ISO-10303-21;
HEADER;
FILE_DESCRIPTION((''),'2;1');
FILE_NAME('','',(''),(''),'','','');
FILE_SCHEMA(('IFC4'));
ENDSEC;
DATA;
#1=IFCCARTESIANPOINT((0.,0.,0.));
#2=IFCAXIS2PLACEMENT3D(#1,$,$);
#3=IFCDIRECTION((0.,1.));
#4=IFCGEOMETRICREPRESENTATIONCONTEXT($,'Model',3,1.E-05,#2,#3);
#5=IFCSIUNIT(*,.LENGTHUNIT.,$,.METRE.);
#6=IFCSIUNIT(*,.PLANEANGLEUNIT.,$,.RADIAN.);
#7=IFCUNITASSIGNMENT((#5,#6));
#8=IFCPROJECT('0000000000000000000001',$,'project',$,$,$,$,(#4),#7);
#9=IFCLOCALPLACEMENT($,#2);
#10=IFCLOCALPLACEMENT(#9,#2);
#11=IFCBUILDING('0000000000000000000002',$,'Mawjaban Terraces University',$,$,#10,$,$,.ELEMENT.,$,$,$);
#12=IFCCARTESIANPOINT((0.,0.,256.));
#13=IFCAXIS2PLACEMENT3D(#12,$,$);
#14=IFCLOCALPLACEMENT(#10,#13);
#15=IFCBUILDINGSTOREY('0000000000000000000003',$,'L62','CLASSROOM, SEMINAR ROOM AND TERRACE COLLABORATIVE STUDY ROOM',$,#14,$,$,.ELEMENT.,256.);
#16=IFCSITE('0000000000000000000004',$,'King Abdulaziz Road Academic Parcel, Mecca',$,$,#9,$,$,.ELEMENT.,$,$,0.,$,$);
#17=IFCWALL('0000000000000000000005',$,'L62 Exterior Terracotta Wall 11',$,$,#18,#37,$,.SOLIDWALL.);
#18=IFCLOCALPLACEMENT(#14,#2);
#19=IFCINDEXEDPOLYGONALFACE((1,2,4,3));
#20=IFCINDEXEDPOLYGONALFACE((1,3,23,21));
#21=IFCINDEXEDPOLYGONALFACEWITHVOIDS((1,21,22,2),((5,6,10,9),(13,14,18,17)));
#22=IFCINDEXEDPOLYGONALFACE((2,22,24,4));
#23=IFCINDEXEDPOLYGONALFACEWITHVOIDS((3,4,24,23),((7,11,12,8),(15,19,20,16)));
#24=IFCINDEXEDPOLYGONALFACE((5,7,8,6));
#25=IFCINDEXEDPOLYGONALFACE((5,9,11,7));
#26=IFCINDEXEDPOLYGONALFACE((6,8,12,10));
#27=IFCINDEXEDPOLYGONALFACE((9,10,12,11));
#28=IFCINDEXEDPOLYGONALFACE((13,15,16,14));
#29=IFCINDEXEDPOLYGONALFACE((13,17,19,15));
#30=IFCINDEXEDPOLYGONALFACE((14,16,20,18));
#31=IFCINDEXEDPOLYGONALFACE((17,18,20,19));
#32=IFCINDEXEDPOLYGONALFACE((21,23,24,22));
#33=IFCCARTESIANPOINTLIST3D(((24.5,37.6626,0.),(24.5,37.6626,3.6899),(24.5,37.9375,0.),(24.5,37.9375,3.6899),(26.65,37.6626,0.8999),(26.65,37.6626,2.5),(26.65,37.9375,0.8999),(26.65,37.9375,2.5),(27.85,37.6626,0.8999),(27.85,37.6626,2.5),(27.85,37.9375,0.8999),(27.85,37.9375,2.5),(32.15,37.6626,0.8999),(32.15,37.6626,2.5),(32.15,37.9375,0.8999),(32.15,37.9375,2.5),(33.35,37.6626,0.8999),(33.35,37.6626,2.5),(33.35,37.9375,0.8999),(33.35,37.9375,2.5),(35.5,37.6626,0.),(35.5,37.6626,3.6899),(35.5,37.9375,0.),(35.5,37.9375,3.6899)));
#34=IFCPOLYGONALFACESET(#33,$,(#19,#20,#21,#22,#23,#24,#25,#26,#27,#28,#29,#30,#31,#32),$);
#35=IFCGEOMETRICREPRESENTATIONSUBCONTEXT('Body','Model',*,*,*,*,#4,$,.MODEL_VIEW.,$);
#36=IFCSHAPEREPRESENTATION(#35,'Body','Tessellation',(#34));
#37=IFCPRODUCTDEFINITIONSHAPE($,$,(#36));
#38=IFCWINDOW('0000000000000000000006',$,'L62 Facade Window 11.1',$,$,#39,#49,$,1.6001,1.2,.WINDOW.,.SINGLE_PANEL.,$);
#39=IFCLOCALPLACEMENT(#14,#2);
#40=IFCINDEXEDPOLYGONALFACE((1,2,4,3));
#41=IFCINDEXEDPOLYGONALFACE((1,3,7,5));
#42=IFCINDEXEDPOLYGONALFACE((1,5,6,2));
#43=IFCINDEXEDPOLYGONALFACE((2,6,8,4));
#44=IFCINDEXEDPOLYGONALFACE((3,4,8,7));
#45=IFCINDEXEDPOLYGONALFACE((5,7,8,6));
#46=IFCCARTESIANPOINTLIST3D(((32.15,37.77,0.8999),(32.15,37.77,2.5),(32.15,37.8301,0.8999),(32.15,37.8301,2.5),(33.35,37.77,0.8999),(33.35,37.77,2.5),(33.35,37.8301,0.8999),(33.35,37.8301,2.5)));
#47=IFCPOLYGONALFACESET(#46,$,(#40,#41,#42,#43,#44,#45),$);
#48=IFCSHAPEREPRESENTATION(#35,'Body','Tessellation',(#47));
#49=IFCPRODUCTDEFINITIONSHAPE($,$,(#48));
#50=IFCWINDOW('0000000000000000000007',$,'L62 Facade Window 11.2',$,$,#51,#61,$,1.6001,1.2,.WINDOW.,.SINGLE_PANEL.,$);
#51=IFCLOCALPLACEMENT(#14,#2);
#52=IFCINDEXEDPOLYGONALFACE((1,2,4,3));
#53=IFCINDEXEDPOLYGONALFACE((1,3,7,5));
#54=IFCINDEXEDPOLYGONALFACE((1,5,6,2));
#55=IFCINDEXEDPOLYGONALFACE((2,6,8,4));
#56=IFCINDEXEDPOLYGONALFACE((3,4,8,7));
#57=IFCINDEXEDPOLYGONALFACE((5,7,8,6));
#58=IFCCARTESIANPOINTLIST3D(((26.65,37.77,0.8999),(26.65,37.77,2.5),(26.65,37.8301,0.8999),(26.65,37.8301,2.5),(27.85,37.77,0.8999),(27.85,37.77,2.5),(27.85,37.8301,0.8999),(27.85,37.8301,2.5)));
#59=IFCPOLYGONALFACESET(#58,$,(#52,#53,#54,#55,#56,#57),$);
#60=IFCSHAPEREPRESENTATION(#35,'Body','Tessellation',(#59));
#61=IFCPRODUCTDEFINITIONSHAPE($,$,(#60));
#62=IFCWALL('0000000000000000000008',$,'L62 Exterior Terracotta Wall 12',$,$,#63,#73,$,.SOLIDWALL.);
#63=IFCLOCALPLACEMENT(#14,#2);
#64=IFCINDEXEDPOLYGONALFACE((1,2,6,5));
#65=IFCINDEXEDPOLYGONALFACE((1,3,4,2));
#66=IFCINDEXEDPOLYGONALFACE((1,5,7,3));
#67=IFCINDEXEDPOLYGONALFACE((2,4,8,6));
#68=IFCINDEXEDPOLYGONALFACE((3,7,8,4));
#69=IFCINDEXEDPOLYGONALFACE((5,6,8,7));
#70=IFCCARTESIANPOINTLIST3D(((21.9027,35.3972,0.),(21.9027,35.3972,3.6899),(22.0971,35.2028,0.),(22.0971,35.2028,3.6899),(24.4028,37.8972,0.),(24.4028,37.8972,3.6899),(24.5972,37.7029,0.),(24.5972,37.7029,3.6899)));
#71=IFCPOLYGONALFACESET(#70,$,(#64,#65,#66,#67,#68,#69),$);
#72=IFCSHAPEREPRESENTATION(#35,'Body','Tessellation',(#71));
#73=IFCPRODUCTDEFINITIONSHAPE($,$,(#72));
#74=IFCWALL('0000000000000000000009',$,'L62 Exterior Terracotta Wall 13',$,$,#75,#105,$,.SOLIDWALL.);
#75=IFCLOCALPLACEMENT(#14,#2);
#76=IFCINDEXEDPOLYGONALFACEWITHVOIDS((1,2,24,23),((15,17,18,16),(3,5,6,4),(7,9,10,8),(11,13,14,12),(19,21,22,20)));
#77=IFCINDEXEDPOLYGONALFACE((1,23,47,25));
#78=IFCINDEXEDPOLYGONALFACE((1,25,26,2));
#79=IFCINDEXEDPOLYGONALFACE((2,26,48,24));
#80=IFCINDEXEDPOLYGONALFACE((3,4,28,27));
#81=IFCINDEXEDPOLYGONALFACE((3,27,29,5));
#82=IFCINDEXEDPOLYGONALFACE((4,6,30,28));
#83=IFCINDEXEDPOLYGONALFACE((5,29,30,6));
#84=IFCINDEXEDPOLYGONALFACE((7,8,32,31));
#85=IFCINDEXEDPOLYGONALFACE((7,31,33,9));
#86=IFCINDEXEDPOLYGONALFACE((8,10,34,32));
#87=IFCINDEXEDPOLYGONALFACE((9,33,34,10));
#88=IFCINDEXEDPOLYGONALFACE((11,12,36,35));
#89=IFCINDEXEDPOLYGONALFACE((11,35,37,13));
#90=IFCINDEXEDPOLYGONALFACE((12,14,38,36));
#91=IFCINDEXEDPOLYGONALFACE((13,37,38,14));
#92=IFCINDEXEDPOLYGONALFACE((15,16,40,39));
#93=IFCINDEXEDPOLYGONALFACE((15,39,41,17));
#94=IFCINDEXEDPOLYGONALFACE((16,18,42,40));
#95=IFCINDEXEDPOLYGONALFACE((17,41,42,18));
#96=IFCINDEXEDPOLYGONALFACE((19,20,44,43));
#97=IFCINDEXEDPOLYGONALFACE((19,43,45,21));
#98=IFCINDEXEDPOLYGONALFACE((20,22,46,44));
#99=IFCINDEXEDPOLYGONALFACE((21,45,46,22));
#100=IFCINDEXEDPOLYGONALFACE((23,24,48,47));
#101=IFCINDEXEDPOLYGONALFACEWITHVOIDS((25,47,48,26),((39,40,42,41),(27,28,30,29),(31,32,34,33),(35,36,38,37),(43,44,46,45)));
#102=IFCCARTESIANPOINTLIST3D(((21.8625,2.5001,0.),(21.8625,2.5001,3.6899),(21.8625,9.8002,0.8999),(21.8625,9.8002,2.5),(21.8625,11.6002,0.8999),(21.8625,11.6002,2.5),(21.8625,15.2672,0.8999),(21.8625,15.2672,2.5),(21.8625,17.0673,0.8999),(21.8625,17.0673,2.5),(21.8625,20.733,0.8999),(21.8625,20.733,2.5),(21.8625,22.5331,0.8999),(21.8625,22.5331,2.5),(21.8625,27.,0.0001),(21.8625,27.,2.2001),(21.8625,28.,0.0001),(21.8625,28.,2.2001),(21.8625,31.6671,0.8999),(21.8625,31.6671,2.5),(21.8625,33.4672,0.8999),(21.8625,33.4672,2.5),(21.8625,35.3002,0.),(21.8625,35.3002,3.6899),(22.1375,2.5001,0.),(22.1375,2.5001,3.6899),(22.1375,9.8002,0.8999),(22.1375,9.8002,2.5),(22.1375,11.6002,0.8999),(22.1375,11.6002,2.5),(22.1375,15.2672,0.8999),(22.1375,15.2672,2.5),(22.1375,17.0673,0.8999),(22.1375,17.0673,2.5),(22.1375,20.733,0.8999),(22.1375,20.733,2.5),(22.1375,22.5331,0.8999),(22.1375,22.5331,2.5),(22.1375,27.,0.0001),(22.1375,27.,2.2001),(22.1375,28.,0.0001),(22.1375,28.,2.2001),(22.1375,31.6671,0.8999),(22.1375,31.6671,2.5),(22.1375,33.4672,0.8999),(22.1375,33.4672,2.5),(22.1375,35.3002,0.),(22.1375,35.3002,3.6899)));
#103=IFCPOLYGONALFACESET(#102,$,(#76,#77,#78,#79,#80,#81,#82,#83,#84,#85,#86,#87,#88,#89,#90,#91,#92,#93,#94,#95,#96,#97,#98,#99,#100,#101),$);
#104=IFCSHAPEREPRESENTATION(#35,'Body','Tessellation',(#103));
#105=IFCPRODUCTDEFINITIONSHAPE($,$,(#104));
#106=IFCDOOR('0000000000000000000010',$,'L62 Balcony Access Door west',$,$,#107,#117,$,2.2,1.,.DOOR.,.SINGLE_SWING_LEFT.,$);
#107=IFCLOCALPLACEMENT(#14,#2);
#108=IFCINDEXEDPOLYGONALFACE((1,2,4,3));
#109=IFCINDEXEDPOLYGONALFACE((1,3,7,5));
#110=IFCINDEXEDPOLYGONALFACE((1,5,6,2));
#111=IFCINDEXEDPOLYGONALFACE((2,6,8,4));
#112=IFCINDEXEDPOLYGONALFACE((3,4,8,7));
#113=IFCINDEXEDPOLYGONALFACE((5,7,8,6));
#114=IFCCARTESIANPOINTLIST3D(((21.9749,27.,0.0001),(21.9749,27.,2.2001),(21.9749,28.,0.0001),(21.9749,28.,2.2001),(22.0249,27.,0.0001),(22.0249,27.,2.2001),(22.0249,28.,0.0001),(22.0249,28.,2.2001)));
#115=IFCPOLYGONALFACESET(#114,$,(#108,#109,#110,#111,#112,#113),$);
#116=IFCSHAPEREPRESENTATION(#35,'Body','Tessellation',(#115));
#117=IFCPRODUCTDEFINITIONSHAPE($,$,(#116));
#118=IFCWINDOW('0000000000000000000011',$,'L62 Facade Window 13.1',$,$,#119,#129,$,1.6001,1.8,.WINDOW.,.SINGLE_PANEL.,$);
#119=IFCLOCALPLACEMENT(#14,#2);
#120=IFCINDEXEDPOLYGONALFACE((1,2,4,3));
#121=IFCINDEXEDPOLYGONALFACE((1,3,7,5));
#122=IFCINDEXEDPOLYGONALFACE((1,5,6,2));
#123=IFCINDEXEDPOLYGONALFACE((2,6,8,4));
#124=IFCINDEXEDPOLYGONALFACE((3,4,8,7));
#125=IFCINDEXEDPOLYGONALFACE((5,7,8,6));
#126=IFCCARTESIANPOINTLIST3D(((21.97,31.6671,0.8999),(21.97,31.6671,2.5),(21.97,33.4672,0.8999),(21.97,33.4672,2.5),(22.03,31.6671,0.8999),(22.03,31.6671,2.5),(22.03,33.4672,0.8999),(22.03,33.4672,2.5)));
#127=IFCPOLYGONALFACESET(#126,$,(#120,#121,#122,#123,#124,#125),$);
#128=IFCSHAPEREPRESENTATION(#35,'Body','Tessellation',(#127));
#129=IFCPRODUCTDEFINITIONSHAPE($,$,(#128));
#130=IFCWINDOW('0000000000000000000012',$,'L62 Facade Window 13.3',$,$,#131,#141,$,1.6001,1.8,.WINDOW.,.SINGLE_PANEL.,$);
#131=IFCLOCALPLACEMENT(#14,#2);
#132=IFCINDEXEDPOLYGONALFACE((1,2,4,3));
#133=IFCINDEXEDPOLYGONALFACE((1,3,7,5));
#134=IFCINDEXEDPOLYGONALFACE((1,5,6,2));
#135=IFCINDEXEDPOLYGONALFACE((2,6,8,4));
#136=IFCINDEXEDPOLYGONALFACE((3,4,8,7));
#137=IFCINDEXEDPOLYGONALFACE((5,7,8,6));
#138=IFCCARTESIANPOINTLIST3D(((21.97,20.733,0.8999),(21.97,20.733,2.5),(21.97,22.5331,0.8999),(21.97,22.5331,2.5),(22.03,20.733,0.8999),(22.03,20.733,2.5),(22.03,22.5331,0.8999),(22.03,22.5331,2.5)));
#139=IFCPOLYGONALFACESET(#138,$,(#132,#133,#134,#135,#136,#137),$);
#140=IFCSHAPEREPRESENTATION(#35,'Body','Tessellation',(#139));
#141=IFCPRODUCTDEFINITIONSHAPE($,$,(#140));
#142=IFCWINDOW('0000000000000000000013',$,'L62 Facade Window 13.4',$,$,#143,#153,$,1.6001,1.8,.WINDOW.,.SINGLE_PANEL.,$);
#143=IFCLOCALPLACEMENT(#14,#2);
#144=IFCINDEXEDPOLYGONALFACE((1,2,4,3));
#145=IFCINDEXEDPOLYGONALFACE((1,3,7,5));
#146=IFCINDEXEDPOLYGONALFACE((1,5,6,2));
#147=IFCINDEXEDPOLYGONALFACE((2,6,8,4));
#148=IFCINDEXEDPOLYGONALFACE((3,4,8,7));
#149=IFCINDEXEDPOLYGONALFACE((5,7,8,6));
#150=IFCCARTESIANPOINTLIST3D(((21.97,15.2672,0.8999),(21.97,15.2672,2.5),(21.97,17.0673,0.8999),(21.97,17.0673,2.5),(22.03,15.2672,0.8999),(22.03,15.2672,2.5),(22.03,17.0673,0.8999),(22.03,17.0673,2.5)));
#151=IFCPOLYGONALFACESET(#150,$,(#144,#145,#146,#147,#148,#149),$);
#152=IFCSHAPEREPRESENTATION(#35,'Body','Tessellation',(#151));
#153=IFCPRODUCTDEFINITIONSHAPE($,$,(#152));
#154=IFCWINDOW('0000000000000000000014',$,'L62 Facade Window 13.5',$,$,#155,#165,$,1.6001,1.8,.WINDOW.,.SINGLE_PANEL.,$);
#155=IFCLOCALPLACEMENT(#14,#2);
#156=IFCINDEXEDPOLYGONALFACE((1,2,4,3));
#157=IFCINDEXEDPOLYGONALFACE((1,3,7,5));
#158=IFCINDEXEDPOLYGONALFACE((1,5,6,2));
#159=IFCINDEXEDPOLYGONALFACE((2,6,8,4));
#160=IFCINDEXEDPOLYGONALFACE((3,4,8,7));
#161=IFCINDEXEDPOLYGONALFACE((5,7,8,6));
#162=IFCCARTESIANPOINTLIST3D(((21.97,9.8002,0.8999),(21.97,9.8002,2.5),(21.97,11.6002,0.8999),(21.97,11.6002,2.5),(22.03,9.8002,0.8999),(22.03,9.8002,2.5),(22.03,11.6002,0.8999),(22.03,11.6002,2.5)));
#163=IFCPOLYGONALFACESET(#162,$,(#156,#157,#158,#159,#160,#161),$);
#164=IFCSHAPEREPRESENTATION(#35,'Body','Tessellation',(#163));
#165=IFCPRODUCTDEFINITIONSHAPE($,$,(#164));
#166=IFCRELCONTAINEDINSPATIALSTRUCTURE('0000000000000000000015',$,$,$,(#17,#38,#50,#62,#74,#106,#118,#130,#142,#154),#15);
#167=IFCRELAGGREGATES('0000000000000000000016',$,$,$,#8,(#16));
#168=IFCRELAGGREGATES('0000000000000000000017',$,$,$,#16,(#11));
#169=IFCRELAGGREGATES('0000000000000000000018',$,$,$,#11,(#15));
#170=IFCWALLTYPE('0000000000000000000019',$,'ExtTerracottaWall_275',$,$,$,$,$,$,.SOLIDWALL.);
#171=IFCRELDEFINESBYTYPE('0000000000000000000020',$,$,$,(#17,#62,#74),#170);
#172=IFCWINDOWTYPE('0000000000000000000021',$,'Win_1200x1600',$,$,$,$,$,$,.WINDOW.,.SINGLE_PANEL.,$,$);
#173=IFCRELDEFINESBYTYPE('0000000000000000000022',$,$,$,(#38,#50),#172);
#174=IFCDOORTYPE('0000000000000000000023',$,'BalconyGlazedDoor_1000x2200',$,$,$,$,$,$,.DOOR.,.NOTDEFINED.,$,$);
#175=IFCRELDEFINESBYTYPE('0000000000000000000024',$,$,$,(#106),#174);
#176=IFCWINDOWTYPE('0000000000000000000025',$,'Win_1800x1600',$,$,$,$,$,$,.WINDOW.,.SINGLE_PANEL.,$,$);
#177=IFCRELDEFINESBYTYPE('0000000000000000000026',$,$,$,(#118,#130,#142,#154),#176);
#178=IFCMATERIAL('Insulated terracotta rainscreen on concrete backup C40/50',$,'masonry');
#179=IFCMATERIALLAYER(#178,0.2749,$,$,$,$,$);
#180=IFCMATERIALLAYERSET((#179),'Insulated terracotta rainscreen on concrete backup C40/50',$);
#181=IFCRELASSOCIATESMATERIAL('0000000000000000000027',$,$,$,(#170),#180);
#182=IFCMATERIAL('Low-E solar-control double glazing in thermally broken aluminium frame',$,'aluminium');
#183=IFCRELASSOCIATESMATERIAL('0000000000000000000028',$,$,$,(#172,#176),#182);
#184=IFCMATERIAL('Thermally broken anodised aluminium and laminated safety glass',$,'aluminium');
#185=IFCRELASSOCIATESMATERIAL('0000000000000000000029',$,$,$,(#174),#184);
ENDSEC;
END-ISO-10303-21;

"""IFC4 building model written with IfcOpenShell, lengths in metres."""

from ifc_helpers import new_model, si_unit, direction, frame, frame_2d, origin, place, context, subcontext, project, spatial, rectangle, extrude, material, layer, layer_set, type_object, element, fill, save


model = new_model("IFC4")

# Units and contexts
model_context = context("Model", 3, precision=1e-05, world=origin(), true_north=direction((0.0, 1.0)))
body_context = subcontext(model_context, "Body", "Model", "MODEL_VIEW")
ifc_project = project(units=[si_unit("LENGTHUNIT", "METRE"), si_unit("PLANEANGLEUNIT", "RADIAN")], contexts=[model_context])

# Site, building, storey
site_placement = place(None, origin())
site = spatial("IfcSite", under=ifc_project, at=site_placement, Name="King Abdulaziz Road Academic Parcel, Mecca", CompositionType="ELEMENT", RefElevation=0.0)
building_placement = place(site_placement, origin())
building = spatial("IfcBuilding", under=site, at=building_placement, Name="Mawjaban Terraces University", CompositionType="ELEMENT")
storey_placement = place(building_placement, frame((0.0, 0.0, 256.0)))
storey = spatial("IfcBuildingStorey", under=building, at=storey_placement, Name="L62", Description="CLASSROOM, SEMINAR ROOM AND TERRACE COLLABORATIVE STUDY ROOM", CompositionType="ELEMENT", Elevation=256.0)

# Wall, openings, windows
ifc_material_1 = material(Name="Insulated terracotta rainscreen on concrete backup C40/50", Category="masonry")
ifc_layer_1 = layer(ifc_material_1, 0.2749)
ifc_layer_set_1 = layer_set([ifc_layer_1], Name="Insulated terracotta rainscreen on concrete backup C40/50")
wall_type_1 = type_object("IfcWallType", Name="ExtTerracottaWall_275", PredefinedType="SOLIDWALL", material=ifc_layer_set_1)
wall_1_placement = place(storey_placement, frame((35.5, 37.8, 0.0), z_axis=(0.0, 0.0, 1.0), x_axis=(-1.0, 0.0, 0.0)))
wall_1 = element("IfcWall", 1, at=wall_1_placement, inside=storey, type_object=wall_type_1, Name="L62 Exterior Terracotta Wall 11", PredefinedType="SOLIDWALL", context=body_context, shape_type="SweptSolid", body=[
    extrude(rectangle(XDim=11.0, YDim=0.2749, at=frame_2d((5.5, 0.0))), origin(), (0.0, 0.0, 1.0), 3.6899),
])
opening_1_placement = place(wall_1_placement, frame((2.1499, 0.0, 0.8999)))
opening_1 = element("IfcOpeningElement", 2, at=opening_1_placement, cuts=wall_1, PredefinedType="OPENING", context=body_context, shape_type="SweptSolid", body=[
    extrude(rectangle(XDim=1.2, YDim=1.6001, at=frame_2d((0.6001, 0.8))), frame((0.0, 0.1475, 0.0), z_axis=(0.0, -1.0, 0.0), x_axis=(1.0, 0.0, 0.0)), (0.0, 0.0, 1.0), 0.2949),
])
opening_2_placement = place(wall_1_placement, frame((7.6499, 0.0, 0.8999)))
opening_2 = element("IfcOpeningElement", 3, at=opening_2_placement, cuts=wall_1, PredefinedType="OPENING", context=body_context, shape_type="SweptSolid", body=[
    extrude(rectangle(XDim=1.2, YDim=1.6001, at=frame_2d((0.6001, 0.8))), frame((0.0, 0.1475, 0.0), z_axis=(0.0, -1.0, 0.0), x_axis=(1.0, 0.0, 0.0)), (0.0, 0.0, 1.0), 0.2949),
])
ifc_material_2 = material(Name="Low-E solar-control double glazing in thermally broken aluminium frame", Category="aluminium")
window_type_1 = type_object("IfcWindowType", Name="Win_1200x1600", PartitioningType="SINGLE_PANEL", PredefinedType="WINDOW", material=ifc_material_2)
window_1_placement = place(opening_1_placement, origin())
window_1 = element("IfcWindow", 4, at=window_1_placement, inside=storey, type_object=window_type_1, Name="L62 Facade Window 11.1", OverallHeight=1.6001, OverallWidth=1.2, PartitioningType="SINGLE_PANEL", PredefinedType="WINDOW", context=body_context, shape_type="SweptSolid", body=[
    extrude(rectangle(XDim=1.2, YDim=1.6001, at=frame_2d((0.6001, 0.8))), frame((0.0, 0.03, 0.0), z_axis=(0.0, -1.0, 0.0), x_axis=(1.0, 0.0, 0.0)), (0.0, 0.0, 1.0), 0.0601),
])
fill(opening_1, window_1)
window_2_placement = place(opening_2_placement, origin())
window_2 = element("IfcWindow", 5, at=window_2_placement, inside=storey, type_object=window_type_1, Name="L62 Facade Window 11.2", OverallHeight=1.6001, OverallWidth=1.2, PartitioningType="SINGLE_PANEL", PredefinedType="WINDOW", context=body_context, shape_type="SweptSolid", body=[
    extrude(rectangle(XDim=1.2, YDim=1.6001, at=frame_2d((0.6001, 0.8))), frame((0.0, 0.03, 0.0), z_axis=(0.0, -1.0, 0.0), x_axis=(1.0, 0.0, 0.0)), (0.0, 0.0, 1.0), 0.0601),
])
fill(opening_2, window_2)

# Wall
wall_2_placement = place(storey_placement, frame((24.5, 37.8, 0.0), z_axis=(0.0, 0.0, 1.0), x_axis=(-0.707107, -0.707107, 0.0)))
element("IfcWall", 6, at=wall_2_placement, inside=storey, type_object=wall_type_1, Name="L62 Exterior Terracotta Wall 12", PredefinedType="SOLIDWALL", context=body_context, shape_type="SweptSolid", body=[
    extrude(rectangle(XDim=3.5356, YDim=0.2749, at=frame_2d((1.7678, 0.0))), origin(), (0.0, 0.0, 1.0), 3.6899),
])

# Wall, openings, door, windows
wall_3_placement = place(storey_placement, frame((22.0, 35.3, 0.0), z_axis=(0.0, 0.0, 1.0), x_axis=(0.0, -1.0, 0.0)))
wall_3 = element("IfcWall", 7, at=wall_3_placement, inside=storey, type_object=wall_type_1, Name="L62 Exterior Terracotta Wall 13", PredefinedType="SOLIDWALL", context=body_context, shape_type="SweptSolid", body=[
    extrude(rectangle(XDim=32.8, YDim=0.2749, at=frame_2d((16.3999, 0.0))), origin(), (0.0, 0.0, 1.0), 3.6899),
])
opening_3_placement = place(wall_3_placement, frame((7.3, 0.0, 0.0)))
opening_3 = element("IfcOpeningElement", 8, at=opening_3_placement, cuts=wall_3, PredefinedType="OPENING", context=body_context, shape_type="SweptSolid", body=[
    extrude(rectangle(XDim=1.0, YDim=2.2, at=frame_2d((0.5, 1.1001))), frame((0.0, 0.1475, 0.0), z_axis=(0.0, -1.0, 0.0), x_axis=(1.0, 0.0, 0.0)), (0.0, 0.0, 1.0), 0.2949),
])
opening_4_placement = place(wall_3_placement, frame((1.833, 0.0, 0.8999)))
opening_4 = element("IfcOpeningElement", 9, at=opening_4_placement, cuts=wall_3, PredefinedType="OPENING", context=body_context, shape_type="SweptSolid", body=[
    extrude(rectangle(XDim=1.8, YDim=1.6001, at=frame_2d((0.8999, 0.8))), frame((0.0, 0.1475, 0.0), z_axis=(0.0, -1.0, 0.0), x_axis=(1.0, 0.0, 0.0)), (0.0, 0.0, 1.0), 0.2949),
])
opening_5_placement = place(wall_3_placement, frame((12.7671, 0.0, 0.8999)))
opening_5 = element("IfcOpeningElement", 10, at=opening_5_placement, cuts=wall_3, PredefinedType="OPENING", context=body_context, shape_type="SweptSolid", body=[
    extrude(rectangle(XDim=1.8, YDim=1.6001, at=frame_2d((0.8999, 0.8))), frame((0.0, 0.1475, 0.0), z_axis=(0.0, -1.0, 0.0), x_axis=(1.0, 0.0, 0.0)), (0.0, 0.0, 1.0), 0.2949),
])
opening_6_placement = place(wall_3_placement, frame((18.2329, 0.0, 0.8999)))
opening_6 = element("IfcOpeningElement", 11, at=opening_6_placement, cuts=wall_3, PredefinedType="OPENING", context=body_context, shape_type="SweptSolid", body=[
    extrude(rectangle(XDim=1.8, YDim=1.6001, at=frame_2d((0.8999, 0.8))), frame((0.0, 0.1475, 0.0), z_axis=(0.0, -1.0, 0.0), x_axis=(1.0, 0.0, 0.0)), (0.0, 0.0, 1.0), 0.2949),
])
opening_7_placement = place(wall_3_placement, frame((23.7, 0.0, 0.8999)))
opening_7 = element("IfcOpeningElement", 12, at=opening_7_placement, cuts=wall_3, PredefinedType="OPENING", context=body_context, shape_type="SweptSolid", body=[
    extrude(rectangle(XDim=1.8, YDim=1.6001, at=frame_2d((0.8999, 0.8))), frame((0.0, 0.1475, 0.0), z_axis=(0.0, -1.0, 0.0), x_axis=(1.0, 0.0, 0.0)), (0.0, 0.0, 1.0), 0.2949),
])
ifc_material_3 = material(Name="Thermally broken anodised aluminium and laminated safety glass", Category="aluminium")
door_type_1 = type_object("IfcDoorType", Name="BalconyGlazedDoor_1000x2200", OperationType="NOTDEFINED", PredefinedType="DOOR", material=ifc_material_3)
door_1_placement = place(opening_3_placement, origin())
door_1 = element("IfcDoor", 13, at=door_1_placement, inside=storey, type_object=door_type_1, Name="L62 Balcony Access Door west", OperationType="SINGLE_SWING_LEFT", OverallHeight=2.2, OverallWidth=1.0, PredefinedType="DOOR", context=body_context, shape_type="SweptSolid", body=[
    extrude(rectangle(XDim=1.0, YDim=2.2, at=frame_2d((0.5, 1.1001))), frame((0.0, 0.0249, 0.0), z_axis=(0.0, -1.0, 0.0), x_axis=(1.0, 0.0, 0.0)), (0.0, 0.0, 1.0), 0.05),
])
fill(opening_3, door_1)
window_type_2 = type_object("IfcWindowType", Name="Win_1800x1600", PartitioningType="SINGLE_PANEL", PredefinedType="WINDOW", material=ifc_material_2)
window_3_placement = place(opening_4_placement, origin())
window_3 = element("IfcWindow", 14, at=window_3_placement, inside=storey, type_object=window_type_2, Name="L62 Facade Window 13.1", OverallHeight=1.6001, OverallWidth=1.8, PartitioningType="SINGLE_PANEL", PredefinedType="WINDOW", context=body_context, shape_type="SweptSolid", body=[
    extrude(rectangle(XDim=1.8, YDim=1.6001, at=frame_2d((0.8999, 0.8))), frame((0.0, 0.03, 0.0), z_axis=(0.0, -1.0, 0.0), x_axis=(1.0, 0.0, 0.0)), (0.0, 0.0, 1.0), 0.0601),
])
fill(opening_4, window_3)
window_4_placement = place(opening_5_placement, origin())
window_4 = element("IfcWindow", 15, at=window_4_placement, inside=storey, type_object=window_type_2, Name="L62 Facade Window 13.3", OverallHeight=1.6001, OverallWidth=1.8, PartitioningType="SINGLE_PANEL", PredefinedType="WINDOW", context=body_context, shape_type="SweptSolid", body=[
    extrude(rectangle(XDim=1.8, YDim=1.6001, at=frame_2d((0.8999, 0.8))), frame((0.0, 0.03, 0.0), z_axis=(0.0, -1.0, 0.0), x_axis=(1.0, 0.0, 0.0)), (0.0, 0.0, 1.0), 0.0601),
])
fill(opening_5, window_4)
window_5_placement = place(opening_6_placement, origin())
window_5 = element("IfcWindow", 16, at=window_5_placement, inside=storey, type_object=window_type_2, Name="L62 Facade Window 13.4", OverallHeight=1.6001, OverallWidth=1.8, PartitioningType="SINGLE_PANEL", PredefinedType="WINDOW", context=body_context, shape_type="SweptSolid", body=[
    extrude(rectangle(XDim=1.8, YDim=1.6001, at=frame_2d((0.8999, 0.8))), frame((0.0, 0.03, 0.0), z_axis=(0.0, -1.0, 0.0), x_axis=(1.0, 0.0, 0.0)), (0.0, 0.0, 1.0), 0.0601),
])
fill(opening_6, window_5)
window_6_placement = place(opening_7_placement, origin())
window_6 = element("IfcWindow", 17, at=window_6_placement, inside=storey, type_object=window_type_2, Name="L62 Facade Window 13.5", OverallHeight=1.6001, OverallWidth=1.8, PartitioningType="SINGLE_PANEL", PredefinedType="WINDOW", context=body_context, shape_type="SweptSolid", body=[
    extrude(rectangle(XDim=1.8, YDim=1.6001, at=frame_2d((0.8999, 0.8))), frame((0.0, 0.03, 0.0), z_axis=(0.0, -1.0, 0.0), x_axis=(1.0, 0.0, 0.0)), (0.0, 0.0, 1.0), 0.0601),
])
fill(opening_7, window_6)

save(model, "model.ifc")
